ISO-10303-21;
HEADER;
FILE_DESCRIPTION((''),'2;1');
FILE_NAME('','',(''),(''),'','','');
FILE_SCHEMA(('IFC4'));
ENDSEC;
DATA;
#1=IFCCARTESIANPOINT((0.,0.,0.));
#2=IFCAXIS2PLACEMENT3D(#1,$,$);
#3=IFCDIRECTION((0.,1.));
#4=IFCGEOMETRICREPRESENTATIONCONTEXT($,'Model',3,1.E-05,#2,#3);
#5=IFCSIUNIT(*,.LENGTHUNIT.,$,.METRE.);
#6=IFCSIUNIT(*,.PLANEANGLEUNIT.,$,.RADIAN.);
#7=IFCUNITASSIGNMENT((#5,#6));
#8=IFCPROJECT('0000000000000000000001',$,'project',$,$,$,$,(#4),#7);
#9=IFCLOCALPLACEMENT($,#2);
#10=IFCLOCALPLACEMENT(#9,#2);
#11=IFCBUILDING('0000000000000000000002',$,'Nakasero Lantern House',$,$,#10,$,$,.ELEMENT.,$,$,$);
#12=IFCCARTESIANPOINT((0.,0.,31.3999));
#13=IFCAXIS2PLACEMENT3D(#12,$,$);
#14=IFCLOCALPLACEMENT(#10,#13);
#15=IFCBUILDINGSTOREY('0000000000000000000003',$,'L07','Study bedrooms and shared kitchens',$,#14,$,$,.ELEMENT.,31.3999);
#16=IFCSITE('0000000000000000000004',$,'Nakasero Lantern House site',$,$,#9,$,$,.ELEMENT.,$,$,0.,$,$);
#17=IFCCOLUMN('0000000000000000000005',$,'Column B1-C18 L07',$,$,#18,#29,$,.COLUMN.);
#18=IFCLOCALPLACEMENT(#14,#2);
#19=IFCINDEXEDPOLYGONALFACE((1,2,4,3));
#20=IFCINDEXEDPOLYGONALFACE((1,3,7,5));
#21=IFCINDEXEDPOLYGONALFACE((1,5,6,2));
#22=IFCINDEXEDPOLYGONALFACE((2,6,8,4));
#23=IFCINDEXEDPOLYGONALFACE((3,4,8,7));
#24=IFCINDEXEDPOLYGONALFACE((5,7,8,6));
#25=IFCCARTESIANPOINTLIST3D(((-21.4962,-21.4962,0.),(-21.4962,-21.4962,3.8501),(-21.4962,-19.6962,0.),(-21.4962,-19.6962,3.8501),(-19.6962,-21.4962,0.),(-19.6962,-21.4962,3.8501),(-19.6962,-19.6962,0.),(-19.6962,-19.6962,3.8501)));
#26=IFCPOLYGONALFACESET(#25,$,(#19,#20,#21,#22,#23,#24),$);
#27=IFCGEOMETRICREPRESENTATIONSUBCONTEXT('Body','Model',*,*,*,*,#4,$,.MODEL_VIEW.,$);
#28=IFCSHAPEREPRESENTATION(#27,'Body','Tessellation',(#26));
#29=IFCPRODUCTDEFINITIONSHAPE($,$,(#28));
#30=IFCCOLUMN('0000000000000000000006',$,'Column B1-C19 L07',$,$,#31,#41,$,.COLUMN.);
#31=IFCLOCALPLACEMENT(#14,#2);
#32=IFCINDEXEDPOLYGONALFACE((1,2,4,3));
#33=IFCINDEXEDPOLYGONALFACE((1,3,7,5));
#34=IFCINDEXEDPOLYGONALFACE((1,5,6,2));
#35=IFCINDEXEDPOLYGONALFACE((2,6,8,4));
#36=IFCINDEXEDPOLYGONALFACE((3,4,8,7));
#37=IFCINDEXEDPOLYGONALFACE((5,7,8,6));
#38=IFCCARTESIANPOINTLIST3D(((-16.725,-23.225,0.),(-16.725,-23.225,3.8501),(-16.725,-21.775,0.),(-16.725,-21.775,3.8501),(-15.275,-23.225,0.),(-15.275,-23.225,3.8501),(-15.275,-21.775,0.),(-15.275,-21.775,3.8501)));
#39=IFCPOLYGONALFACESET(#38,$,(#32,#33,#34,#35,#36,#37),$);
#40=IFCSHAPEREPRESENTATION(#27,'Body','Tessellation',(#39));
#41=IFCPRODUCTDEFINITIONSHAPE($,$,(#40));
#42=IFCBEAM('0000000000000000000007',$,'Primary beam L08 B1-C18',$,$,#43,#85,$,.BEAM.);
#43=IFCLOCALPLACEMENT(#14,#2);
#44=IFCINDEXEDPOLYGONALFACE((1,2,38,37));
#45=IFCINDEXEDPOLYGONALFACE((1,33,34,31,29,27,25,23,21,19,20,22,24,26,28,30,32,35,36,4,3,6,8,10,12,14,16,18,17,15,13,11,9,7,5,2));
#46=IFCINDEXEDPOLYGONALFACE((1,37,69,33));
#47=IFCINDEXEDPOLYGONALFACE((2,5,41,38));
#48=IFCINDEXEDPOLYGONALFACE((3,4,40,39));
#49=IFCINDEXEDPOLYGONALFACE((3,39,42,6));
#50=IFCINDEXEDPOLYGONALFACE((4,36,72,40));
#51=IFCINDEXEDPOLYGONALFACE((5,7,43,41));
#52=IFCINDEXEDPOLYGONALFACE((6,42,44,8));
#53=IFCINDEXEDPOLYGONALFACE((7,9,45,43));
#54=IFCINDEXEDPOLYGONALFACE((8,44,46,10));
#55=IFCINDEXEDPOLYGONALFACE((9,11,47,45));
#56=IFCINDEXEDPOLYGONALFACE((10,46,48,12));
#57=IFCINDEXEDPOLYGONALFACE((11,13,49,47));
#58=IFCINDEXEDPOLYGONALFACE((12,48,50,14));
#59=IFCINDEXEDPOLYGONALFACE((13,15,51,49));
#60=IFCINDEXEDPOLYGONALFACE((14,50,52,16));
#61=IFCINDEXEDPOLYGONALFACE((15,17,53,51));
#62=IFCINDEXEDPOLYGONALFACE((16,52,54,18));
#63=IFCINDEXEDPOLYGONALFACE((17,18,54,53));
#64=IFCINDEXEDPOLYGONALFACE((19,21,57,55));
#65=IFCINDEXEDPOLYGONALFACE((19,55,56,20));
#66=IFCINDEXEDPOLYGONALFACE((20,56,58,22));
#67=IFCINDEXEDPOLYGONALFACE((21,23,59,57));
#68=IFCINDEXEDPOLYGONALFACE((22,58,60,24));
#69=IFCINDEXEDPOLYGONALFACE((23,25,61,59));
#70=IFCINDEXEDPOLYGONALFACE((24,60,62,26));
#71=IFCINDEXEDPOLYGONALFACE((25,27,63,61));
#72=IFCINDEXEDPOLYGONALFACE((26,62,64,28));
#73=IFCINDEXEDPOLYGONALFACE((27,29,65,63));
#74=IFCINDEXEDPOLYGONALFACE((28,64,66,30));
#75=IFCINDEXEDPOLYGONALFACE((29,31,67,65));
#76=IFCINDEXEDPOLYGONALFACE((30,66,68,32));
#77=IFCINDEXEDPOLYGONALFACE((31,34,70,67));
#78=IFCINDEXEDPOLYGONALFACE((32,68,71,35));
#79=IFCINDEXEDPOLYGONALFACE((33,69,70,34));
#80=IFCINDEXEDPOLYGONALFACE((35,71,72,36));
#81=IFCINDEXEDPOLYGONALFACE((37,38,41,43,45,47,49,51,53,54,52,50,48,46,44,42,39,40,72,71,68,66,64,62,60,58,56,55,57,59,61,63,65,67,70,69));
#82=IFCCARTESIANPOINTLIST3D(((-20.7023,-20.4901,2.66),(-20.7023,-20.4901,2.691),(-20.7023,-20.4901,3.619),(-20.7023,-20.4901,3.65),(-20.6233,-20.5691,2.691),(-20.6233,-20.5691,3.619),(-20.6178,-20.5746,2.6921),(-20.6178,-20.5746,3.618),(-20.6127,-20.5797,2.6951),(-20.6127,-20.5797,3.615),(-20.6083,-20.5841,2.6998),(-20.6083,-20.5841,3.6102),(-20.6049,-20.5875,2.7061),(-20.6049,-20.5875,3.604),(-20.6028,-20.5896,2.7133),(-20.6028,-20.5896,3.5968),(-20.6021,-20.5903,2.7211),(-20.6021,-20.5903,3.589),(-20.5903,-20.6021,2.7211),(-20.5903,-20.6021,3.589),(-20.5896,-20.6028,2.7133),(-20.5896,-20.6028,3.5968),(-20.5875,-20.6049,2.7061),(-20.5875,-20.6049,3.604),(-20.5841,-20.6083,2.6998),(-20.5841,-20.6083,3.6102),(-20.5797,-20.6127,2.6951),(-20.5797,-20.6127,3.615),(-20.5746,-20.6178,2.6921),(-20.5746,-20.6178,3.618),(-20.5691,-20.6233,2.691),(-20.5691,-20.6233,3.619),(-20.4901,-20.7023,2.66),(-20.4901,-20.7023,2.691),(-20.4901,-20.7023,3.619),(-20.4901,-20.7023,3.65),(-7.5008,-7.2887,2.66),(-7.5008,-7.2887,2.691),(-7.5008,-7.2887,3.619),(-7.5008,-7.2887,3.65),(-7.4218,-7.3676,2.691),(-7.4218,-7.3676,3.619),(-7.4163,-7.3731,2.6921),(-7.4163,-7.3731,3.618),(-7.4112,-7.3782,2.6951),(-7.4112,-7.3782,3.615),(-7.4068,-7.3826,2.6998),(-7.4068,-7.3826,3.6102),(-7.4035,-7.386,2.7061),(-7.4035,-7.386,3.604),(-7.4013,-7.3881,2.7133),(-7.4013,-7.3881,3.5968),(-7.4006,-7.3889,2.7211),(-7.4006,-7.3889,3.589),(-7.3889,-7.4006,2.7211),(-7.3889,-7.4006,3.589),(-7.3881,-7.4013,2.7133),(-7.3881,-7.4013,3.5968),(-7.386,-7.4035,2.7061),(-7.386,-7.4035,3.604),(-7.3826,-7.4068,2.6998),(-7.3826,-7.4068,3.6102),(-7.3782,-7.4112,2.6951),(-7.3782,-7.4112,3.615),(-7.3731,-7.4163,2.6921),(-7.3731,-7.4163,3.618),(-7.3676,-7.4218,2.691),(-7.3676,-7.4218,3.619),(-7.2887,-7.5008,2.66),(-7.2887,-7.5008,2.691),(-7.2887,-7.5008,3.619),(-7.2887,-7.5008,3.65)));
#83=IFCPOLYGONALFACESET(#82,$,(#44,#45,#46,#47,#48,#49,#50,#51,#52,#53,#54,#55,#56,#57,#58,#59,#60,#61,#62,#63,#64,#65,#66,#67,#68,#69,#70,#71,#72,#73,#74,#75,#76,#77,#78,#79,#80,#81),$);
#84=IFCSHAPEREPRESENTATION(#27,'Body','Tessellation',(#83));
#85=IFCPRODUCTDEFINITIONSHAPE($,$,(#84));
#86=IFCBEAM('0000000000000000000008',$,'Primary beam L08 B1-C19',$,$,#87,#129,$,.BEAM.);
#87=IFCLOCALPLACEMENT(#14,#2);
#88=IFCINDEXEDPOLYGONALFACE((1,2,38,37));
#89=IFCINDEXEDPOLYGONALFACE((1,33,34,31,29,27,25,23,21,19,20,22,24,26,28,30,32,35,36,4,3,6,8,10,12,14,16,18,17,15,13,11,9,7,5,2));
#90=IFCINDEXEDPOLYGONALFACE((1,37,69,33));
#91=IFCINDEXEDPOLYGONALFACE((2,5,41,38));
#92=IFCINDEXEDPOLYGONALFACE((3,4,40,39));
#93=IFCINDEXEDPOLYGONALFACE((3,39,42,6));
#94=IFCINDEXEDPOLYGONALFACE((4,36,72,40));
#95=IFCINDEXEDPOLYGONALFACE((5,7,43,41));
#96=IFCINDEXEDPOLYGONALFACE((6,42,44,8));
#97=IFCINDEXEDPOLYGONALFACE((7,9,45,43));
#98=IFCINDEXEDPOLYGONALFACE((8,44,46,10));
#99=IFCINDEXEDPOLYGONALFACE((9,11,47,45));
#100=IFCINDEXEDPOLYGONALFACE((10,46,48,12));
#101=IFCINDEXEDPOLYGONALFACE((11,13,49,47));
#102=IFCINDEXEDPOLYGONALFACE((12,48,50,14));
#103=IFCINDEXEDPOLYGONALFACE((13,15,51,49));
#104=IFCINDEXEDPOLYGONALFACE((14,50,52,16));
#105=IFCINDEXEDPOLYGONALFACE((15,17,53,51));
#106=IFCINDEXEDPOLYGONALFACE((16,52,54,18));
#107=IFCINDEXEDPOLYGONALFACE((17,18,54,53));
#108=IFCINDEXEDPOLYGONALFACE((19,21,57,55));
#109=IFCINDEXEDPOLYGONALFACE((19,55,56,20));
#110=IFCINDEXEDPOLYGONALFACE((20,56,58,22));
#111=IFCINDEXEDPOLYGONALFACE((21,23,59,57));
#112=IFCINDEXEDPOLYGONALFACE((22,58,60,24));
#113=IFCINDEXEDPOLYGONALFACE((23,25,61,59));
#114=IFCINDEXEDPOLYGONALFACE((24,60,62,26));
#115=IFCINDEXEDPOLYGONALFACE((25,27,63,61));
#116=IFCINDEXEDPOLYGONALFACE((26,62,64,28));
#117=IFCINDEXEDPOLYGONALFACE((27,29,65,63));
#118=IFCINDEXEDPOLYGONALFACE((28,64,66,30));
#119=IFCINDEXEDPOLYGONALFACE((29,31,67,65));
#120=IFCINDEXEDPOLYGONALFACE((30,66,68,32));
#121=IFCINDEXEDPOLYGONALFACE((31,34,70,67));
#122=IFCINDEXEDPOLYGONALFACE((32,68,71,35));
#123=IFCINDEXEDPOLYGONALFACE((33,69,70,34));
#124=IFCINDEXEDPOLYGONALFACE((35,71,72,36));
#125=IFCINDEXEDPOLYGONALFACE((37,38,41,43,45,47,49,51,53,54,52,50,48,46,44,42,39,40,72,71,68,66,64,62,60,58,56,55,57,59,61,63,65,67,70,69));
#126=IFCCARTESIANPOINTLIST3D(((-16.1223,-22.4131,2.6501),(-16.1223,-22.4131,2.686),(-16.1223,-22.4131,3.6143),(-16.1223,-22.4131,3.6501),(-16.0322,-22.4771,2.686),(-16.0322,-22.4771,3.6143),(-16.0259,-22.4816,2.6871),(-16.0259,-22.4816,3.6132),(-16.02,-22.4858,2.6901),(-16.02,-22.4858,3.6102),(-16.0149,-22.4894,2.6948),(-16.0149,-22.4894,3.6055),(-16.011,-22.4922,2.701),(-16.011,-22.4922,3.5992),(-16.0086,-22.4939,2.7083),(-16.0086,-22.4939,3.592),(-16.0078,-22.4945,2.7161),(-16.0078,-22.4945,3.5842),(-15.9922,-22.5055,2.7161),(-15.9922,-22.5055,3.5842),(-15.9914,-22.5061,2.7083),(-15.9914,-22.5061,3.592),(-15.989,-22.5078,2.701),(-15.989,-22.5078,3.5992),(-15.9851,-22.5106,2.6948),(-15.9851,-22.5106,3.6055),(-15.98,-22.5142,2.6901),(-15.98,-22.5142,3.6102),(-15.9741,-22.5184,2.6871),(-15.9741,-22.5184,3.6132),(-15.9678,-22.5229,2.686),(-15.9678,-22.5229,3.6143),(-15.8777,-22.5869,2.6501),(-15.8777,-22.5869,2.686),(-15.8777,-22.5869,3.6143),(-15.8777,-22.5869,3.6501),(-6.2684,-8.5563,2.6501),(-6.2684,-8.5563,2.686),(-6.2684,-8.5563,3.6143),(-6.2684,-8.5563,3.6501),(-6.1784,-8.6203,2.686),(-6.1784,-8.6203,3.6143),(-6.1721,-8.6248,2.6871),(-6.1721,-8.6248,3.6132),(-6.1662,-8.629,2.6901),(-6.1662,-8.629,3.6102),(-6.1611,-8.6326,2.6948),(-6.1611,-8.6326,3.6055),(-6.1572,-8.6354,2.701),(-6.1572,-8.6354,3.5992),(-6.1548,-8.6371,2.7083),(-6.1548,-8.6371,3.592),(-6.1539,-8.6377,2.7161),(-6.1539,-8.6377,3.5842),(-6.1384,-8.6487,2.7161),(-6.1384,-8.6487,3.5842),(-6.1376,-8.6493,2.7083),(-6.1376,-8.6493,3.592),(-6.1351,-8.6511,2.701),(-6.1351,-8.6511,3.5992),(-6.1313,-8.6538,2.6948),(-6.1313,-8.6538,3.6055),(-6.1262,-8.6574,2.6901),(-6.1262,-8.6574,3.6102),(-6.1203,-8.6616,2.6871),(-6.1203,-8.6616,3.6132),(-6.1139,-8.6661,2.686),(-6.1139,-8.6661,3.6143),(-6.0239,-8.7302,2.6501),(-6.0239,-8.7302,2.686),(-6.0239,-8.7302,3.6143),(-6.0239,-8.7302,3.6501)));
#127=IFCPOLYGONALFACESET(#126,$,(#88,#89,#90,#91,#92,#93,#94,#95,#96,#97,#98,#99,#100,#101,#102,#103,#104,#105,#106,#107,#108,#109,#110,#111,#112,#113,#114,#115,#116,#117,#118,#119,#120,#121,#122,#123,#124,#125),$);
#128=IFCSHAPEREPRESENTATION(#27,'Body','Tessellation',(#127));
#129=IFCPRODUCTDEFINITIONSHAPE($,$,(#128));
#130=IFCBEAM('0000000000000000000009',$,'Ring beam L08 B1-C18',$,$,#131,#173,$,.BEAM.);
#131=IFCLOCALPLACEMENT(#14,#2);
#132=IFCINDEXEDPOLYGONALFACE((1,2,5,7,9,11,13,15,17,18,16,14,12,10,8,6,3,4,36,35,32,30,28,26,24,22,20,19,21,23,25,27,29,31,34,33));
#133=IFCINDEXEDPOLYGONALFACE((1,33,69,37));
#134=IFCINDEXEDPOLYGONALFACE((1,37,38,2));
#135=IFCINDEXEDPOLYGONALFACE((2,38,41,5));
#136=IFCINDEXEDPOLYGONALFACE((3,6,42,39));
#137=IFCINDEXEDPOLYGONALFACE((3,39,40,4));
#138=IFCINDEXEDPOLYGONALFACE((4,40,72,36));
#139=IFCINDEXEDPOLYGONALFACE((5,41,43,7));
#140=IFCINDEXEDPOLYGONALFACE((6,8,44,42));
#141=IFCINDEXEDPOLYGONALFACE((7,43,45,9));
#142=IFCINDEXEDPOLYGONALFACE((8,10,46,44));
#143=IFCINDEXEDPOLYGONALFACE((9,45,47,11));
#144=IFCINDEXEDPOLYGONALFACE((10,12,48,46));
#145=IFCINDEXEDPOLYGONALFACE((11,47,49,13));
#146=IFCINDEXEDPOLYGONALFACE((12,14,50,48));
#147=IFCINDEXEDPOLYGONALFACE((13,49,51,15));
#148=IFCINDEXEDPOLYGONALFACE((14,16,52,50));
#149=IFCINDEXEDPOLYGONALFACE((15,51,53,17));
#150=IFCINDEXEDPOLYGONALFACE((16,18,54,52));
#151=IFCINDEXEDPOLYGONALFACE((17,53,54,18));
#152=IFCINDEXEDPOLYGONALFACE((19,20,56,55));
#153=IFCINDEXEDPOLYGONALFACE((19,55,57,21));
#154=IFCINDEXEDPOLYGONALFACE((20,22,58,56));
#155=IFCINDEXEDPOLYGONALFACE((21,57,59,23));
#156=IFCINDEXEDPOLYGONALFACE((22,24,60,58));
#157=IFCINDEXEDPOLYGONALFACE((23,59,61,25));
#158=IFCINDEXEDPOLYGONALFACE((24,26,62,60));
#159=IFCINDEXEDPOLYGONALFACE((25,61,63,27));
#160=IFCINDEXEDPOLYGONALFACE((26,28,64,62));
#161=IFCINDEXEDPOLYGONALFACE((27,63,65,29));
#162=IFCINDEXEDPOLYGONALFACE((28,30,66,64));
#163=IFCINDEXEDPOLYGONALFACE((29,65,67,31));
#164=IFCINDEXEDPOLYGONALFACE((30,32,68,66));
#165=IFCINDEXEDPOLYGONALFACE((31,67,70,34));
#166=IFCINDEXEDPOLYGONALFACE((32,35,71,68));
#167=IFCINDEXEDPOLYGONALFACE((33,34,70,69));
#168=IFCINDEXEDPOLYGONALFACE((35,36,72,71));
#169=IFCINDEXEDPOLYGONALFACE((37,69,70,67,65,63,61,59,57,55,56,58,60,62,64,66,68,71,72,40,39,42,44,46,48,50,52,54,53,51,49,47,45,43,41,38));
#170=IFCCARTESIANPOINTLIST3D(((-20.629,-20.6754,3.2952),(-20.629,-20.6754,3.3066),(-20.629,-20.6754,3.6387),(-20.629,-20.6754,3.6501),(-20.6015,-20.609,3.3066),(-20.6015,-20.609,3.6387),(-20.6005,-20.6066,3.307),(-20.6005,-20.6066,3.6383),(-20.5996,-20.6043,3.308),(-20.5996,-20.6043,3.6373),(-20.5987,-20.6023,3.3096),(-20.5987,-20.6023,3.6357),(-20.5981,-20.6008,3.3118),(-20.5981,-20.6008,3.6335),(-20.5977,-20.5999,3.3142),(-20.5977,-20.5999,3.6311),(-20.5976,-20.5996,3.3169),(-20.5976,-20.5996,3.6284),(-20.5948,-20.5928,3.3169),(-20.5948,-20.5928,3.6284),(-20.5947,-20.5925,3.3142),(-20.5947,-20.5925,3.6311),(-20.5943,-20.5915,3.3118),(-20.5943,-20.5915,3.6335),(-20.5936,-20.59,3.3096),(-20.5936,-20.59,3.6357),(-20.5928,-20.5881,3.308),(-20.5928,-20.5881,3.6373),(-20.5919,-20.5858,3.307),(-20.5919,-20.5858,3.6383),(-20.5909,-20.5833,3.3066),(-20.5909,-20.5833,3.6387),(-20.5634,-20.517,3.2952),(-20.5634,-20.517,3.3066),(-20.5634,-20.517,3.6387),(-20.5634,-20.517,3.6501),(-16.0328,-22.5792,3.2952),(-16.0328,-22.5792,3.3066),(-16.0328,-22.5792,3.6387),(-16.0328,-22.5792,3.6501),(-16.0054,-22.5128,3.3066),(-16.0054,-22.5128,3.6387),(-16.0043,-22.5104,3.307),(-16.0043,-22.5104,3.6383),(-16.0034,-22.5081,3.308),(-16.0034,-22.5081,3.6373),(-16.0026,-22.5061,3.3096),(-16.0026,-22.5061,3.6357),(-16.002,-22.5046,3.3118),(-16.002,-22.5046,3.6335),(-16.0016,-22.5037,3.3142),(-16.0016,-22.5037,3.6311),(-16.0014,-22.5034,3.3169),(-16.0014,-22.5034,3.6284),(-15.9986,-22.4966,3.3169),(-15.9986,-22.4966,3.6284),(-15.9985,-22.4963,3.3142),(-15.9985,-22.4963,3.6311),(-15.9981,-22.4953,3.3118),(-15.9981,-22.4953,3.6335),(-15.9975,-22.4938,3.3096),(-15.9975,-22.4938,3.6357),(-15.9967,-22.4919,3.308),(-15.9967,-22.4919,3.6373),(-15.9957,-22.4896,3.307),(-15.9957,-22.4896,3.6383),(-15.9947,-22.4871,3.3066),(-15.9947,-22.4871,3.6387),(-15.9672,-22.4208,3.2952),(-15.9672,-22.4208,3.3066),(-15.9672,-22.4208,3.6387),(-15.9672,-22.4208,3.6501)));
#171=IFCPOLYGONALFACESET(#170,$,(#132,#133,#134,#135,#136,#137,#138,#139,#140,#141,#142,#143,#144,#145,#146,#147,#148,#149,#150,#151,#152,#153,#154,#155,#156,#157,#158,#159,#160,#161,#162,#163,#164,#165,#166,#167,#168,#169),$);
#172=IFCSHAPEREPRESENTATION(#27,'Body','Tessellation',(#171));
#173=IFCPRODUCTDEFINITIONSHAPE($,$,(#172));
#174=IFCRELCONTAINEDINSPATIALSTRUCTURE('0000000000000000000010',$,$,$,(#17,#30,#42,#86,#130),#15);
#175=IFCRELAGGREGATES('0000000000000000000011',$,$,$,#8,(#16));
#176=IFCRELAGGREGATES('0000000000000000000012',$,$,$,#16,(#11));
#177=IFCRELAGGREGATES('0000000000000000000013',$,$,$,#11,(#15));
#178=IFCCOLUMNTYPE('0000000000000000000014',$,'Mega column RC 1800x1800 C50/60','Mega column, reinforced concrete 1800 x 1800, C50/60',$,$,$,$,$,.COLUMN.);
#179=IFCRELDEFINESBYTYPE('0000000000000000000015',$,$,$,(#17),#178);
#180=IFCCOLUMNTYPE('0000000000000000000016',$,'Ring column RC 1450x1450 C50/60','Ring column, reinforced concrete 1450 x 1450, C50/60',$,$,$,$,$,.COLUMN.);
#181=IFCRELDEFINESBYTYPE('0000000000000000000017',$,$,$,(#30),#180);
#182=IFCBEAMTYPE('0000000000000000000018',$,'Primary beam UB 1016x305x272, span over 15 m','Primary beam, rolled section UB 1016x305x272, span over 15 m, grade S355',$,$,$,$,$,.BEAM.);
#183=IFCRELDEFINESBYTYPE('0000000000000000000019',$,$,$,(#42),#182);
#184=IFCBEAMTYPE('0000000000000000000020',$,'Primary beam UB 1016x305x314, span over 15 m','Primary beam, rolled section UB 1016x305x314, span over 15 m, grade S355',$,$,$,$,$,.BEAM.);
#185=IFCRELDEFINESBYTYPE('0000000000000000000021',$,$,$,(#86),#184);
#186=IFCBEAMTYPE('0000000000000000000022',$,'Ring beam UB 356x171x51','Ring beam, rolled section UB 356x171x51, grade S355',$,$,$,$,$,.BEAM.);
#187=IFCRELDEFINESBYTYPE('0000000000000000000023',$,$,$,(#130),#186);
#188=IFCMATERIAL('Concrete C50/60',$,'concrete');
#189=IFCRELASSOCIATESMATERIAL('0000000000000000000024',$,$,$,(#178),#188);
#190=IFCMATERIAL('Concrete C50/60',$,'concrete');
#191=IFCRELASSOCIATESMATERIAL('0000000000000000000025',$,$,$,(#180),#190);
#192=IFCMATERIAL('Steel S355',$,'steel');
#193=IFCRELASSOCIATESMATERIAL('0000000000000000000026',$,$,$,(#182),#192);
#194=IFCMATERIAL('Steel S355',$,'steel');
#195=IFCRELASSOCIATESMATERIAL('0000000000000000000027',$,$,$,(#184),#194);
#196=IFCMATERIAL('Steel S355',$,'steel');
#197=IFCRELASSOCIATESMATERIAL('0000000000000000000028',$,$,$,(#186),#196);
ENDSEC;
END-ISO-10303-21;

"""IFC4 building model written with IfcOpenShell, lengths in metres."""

from ifc_helpers import new_model, si_unit, direction, frame, origin, origin_2d, place, context, subcontext, project, spatial, rectangle, i_section, extrude, material, material_profile, profile_set, type_object, element, save


model = new_model("IFC4")

# Units and contexts
model_context = context("Model", 3, precision=1e-05, world=origin(), true_north=direction((0.0, 1.0)))
body_context = subcontext(model_context, "Body", "Model", "MODEL_VIEW")
ifc_project = project(units=[si_unit("LENGTHUNIT", "METRE"), si_unit("PLANEANGLEUNIT", "RADIAN")], contexts=[model_context])

# Site, building, storey
site_placement = place(None, origin())
site = spatial("IfcSite", under=ifc_project, at=site_placement, Name="Nakasero Lantern House site", CompositionType="ELEMENT", RefElevation=0.0)
building_placement = place(site_placement, origin())
building = spatial("IfcBuilding", under=site, at=building_placement, Name="Nakasero Lantern House", CompositionType="ELEMENT")
storey_placement = place(building_placement, frame((0.0, 0.0, 31.3999)))
storey = spatial("IfcBuildingStorey", under=building, at=storey_placement, Name="L07", Description="Study bedrooms and shared kitchens", CompositionType="ELEMENT", Elevation=31.3999)

# Columns
ifc_material_1 = material(Name="Concrete C50/60", Category="concrete")
ifc_material_profile_1 = material_profile(ifc_material_1, rectangle(XDim=1.8, YDim=1.8, at=origin_2d()), Name="RC 1800x1800")
ifc_profile_set_1 = profile_set([ifc_material_profile_1], Name="Concrete C50/60")
column_type_1 = type_object("IfcColumnType", Name="Mega column RC 1800x1800 C50/60", Description="Mega column, reinforced concrete 1800 x 1800, C50/60", PredefinedType="COLUMN", material=ifc_profile_set_1)
column_1_placement = place(storey_placement, frame((-20.5962, -20.5962, 0.0), z_axis=(0.0, 0.0, 1.0), x_axis=(1.0, 0.0, 0.0)))
element("IfcColumn", 1, at=column_1_placement, inside=storey, type_object=column_type_1, Name="Column B1-C18 L07", PredefinedType="COLUMN", context=body_context, shape_type="SweptSolid", body=[
    extrude(rectangle(XDim=1.8, YDim=1.8, at=origin_2d()), origin(), (0.0, 0.0, 1.0), 3.8501),
])
ifc_material_2 = material(Name="Concrete C50/60", Category="concrete")
ifc_material_profile_2 = material_profile(ifc_material_2, rectangle(XDim=1.45, YDim=1.45, at=origin_2d()), Name="RC 1450x1450")
ifc_profile_set_2 = profile_set([ifc_material_profile_2], Name="Concrete C50/60")
column_type_2 = type_object("IfcColumnType", Name="Ring column RC 1450x1450 C50/60", Description="Ring column, reinforced concrete 1450 x 1450, C50/60", PredefinedType="COLUMN", material=ifc_profile_set_2)
column_2_placement = place(storey_placement, frame((-16.0, -22.5, 0.0), z_axis=(0.0, 0.0, 1.0), x_axis=(1.0, 0.0, 0.0)))
element("IfcColumn", 2, at=column_2_placement, inside=storey, type_object=column_type_2, Name="Column B1-C19 L07", PredefinedType="COLUMN", context=body_context, shape_type="SweptSolid", body=[
    extrude(rectangle(XDim=1.45, YDim=1.45, at=origin_2d()), origin(), (0.0, 0.0, 1.0), 3.8501),
])

# Beams
ifc_material_3 = material(Name="Steel S355", Category="steel")
ifc_material_profile_3 = material_profile(ifc_material_3, i_section(OverallWidth=0.3, OverallDepth=0.99, WebThickness=0.0166, FlangeThickness=0.031, FilletRadius=0.03, at=origin_2d()), Name="UB 1016x305x272")
ifc_profile_set_3 = profile_set([ifc_material_profile_3], Name="Steel S355")
beam_type_1 = type_object("IfcBeamType", Name="Primary beam UB 1016x305x272, span over 15 m", Description="Primary beam, rolled section UB 1016x305x272, span over 15 m, grade S355", PredefinedType="BEAM", material=ifc_profile_set_3)
beam_1_placement = place(storey_placement, frame((-20.5962, -20.5962, 3.155), z_axis=(0.707107, 0.707107, 0.0), x_axis=(-0.707107, 0.707107, 0.0)))
element("IfcBeam", 3, at=beam_1_placement, inside=storey, type_object=beam_type_1, Name="Primary beam L08 B1-C18", PredefinedType="BEAM", context=body_context, shape_type="SweptSolid", body=[
    extrude(i_section(OverallWidth=0.3, OverallDepth=0.99, WebThickness=0.0166, FlangeThickness=0.031, FilletRadius=0.03, at=origin_2d()), origin(), (0.0, 0.0, 1.0), 18.6697),
])
ifc_material_4 = material(Name="Steel S355", Category="steel")
ifc_material_profile_4 = material_profile(ifc_material_4, i_section(OverallWidth=0.3, OverallDepth=1.0, WebThickness=0.019, FlangeThickness=0.0359, FilletRadius=0.03, at=origin_2d()), Name="UB 1016x305x314")
ifc_profile_set_4 = profile_set([ifc_material_profile_4], Name="Steel S355")
beam_type_2 = type_object("IfcBeamType", Name="Primary beam UB 1016x305x314, span over 15 m", Description="Primary beam, rolled section UB 1016x305x314, span over 15 m, grade S355", PredefinedType="BEAM", material=ifc_profile_set_4)
beam_2_placement = place(storey_placement, frame((-16.0, -22.5, 3.1501), z_axis=(0.579528, 0.814952, 0.0), x_axis=(-0.814952, 0.579528, 0.0)))
element("IfcBeam", 4, at=beam_2_placement, inside=storey, type_object=beam_type_2, Name="Primary beam L08 B1-C19", PredefinedType="BEAM", context=body_context, shape_type="SweptSolid", body=[
    extrude(i_section(OverallWidth=0.3, OverallDepth=1.0, WebThickness=0.019, FlangeThickness=0.0359, FilletRadius=0.03, at=origin_2d()), origin(), (0.0, 0.0, 1.0), 17.0032),
])
ifc_material_5 = material(Name="Steel S355", Category="steel")
ifc_material_profile_5 = material_profile(ifc_material_5, i_section(OverallWidth=0.1714, OverallDepth=0.355, WebThickness=0.0073, FlangeThickness=0.0115, FilletRadius=0.0103, at=origin_2d()), Name="UB 356x171x51")
ifc_profile_set_5 = profile_set([ifc_material_profile_5], Name="Steel S355")
beam_type_3 = type_object("IfcBeamType", Name="Ring beam UB 356x171x51", Description="Ring beam, rolled section UB 356x171x51, grade S355", PredefinedType="BEAM", material=ifc_profile_set_5)
beam_3_placement = place(storey_placement, frame((-20.5962, -20.5962, 3.4727), z_axis=(0.923879, -0.382684, 0.0), x_axis=(0.382684, 0.923879, 0.0)))
element("IfcBeam", 5, at=beam_3_placement, inside=storey, type_object=beam_type_3, Name="Ring beam L08 B1-C18", PredefinedType="BEAM", context=body_context, shape_type="SweptSolid", body=[
    extrude(i_section(OverallWidth=0.1714, OverallDepth=0.355, WebThickness=0.0073, FlangeThickness=0.0115, FilletRadius=0.0103, at=origin_2d()), origin(), (0.0, 0.0, 1.0), 4.9749),
])

save(model, "model.ifc")
